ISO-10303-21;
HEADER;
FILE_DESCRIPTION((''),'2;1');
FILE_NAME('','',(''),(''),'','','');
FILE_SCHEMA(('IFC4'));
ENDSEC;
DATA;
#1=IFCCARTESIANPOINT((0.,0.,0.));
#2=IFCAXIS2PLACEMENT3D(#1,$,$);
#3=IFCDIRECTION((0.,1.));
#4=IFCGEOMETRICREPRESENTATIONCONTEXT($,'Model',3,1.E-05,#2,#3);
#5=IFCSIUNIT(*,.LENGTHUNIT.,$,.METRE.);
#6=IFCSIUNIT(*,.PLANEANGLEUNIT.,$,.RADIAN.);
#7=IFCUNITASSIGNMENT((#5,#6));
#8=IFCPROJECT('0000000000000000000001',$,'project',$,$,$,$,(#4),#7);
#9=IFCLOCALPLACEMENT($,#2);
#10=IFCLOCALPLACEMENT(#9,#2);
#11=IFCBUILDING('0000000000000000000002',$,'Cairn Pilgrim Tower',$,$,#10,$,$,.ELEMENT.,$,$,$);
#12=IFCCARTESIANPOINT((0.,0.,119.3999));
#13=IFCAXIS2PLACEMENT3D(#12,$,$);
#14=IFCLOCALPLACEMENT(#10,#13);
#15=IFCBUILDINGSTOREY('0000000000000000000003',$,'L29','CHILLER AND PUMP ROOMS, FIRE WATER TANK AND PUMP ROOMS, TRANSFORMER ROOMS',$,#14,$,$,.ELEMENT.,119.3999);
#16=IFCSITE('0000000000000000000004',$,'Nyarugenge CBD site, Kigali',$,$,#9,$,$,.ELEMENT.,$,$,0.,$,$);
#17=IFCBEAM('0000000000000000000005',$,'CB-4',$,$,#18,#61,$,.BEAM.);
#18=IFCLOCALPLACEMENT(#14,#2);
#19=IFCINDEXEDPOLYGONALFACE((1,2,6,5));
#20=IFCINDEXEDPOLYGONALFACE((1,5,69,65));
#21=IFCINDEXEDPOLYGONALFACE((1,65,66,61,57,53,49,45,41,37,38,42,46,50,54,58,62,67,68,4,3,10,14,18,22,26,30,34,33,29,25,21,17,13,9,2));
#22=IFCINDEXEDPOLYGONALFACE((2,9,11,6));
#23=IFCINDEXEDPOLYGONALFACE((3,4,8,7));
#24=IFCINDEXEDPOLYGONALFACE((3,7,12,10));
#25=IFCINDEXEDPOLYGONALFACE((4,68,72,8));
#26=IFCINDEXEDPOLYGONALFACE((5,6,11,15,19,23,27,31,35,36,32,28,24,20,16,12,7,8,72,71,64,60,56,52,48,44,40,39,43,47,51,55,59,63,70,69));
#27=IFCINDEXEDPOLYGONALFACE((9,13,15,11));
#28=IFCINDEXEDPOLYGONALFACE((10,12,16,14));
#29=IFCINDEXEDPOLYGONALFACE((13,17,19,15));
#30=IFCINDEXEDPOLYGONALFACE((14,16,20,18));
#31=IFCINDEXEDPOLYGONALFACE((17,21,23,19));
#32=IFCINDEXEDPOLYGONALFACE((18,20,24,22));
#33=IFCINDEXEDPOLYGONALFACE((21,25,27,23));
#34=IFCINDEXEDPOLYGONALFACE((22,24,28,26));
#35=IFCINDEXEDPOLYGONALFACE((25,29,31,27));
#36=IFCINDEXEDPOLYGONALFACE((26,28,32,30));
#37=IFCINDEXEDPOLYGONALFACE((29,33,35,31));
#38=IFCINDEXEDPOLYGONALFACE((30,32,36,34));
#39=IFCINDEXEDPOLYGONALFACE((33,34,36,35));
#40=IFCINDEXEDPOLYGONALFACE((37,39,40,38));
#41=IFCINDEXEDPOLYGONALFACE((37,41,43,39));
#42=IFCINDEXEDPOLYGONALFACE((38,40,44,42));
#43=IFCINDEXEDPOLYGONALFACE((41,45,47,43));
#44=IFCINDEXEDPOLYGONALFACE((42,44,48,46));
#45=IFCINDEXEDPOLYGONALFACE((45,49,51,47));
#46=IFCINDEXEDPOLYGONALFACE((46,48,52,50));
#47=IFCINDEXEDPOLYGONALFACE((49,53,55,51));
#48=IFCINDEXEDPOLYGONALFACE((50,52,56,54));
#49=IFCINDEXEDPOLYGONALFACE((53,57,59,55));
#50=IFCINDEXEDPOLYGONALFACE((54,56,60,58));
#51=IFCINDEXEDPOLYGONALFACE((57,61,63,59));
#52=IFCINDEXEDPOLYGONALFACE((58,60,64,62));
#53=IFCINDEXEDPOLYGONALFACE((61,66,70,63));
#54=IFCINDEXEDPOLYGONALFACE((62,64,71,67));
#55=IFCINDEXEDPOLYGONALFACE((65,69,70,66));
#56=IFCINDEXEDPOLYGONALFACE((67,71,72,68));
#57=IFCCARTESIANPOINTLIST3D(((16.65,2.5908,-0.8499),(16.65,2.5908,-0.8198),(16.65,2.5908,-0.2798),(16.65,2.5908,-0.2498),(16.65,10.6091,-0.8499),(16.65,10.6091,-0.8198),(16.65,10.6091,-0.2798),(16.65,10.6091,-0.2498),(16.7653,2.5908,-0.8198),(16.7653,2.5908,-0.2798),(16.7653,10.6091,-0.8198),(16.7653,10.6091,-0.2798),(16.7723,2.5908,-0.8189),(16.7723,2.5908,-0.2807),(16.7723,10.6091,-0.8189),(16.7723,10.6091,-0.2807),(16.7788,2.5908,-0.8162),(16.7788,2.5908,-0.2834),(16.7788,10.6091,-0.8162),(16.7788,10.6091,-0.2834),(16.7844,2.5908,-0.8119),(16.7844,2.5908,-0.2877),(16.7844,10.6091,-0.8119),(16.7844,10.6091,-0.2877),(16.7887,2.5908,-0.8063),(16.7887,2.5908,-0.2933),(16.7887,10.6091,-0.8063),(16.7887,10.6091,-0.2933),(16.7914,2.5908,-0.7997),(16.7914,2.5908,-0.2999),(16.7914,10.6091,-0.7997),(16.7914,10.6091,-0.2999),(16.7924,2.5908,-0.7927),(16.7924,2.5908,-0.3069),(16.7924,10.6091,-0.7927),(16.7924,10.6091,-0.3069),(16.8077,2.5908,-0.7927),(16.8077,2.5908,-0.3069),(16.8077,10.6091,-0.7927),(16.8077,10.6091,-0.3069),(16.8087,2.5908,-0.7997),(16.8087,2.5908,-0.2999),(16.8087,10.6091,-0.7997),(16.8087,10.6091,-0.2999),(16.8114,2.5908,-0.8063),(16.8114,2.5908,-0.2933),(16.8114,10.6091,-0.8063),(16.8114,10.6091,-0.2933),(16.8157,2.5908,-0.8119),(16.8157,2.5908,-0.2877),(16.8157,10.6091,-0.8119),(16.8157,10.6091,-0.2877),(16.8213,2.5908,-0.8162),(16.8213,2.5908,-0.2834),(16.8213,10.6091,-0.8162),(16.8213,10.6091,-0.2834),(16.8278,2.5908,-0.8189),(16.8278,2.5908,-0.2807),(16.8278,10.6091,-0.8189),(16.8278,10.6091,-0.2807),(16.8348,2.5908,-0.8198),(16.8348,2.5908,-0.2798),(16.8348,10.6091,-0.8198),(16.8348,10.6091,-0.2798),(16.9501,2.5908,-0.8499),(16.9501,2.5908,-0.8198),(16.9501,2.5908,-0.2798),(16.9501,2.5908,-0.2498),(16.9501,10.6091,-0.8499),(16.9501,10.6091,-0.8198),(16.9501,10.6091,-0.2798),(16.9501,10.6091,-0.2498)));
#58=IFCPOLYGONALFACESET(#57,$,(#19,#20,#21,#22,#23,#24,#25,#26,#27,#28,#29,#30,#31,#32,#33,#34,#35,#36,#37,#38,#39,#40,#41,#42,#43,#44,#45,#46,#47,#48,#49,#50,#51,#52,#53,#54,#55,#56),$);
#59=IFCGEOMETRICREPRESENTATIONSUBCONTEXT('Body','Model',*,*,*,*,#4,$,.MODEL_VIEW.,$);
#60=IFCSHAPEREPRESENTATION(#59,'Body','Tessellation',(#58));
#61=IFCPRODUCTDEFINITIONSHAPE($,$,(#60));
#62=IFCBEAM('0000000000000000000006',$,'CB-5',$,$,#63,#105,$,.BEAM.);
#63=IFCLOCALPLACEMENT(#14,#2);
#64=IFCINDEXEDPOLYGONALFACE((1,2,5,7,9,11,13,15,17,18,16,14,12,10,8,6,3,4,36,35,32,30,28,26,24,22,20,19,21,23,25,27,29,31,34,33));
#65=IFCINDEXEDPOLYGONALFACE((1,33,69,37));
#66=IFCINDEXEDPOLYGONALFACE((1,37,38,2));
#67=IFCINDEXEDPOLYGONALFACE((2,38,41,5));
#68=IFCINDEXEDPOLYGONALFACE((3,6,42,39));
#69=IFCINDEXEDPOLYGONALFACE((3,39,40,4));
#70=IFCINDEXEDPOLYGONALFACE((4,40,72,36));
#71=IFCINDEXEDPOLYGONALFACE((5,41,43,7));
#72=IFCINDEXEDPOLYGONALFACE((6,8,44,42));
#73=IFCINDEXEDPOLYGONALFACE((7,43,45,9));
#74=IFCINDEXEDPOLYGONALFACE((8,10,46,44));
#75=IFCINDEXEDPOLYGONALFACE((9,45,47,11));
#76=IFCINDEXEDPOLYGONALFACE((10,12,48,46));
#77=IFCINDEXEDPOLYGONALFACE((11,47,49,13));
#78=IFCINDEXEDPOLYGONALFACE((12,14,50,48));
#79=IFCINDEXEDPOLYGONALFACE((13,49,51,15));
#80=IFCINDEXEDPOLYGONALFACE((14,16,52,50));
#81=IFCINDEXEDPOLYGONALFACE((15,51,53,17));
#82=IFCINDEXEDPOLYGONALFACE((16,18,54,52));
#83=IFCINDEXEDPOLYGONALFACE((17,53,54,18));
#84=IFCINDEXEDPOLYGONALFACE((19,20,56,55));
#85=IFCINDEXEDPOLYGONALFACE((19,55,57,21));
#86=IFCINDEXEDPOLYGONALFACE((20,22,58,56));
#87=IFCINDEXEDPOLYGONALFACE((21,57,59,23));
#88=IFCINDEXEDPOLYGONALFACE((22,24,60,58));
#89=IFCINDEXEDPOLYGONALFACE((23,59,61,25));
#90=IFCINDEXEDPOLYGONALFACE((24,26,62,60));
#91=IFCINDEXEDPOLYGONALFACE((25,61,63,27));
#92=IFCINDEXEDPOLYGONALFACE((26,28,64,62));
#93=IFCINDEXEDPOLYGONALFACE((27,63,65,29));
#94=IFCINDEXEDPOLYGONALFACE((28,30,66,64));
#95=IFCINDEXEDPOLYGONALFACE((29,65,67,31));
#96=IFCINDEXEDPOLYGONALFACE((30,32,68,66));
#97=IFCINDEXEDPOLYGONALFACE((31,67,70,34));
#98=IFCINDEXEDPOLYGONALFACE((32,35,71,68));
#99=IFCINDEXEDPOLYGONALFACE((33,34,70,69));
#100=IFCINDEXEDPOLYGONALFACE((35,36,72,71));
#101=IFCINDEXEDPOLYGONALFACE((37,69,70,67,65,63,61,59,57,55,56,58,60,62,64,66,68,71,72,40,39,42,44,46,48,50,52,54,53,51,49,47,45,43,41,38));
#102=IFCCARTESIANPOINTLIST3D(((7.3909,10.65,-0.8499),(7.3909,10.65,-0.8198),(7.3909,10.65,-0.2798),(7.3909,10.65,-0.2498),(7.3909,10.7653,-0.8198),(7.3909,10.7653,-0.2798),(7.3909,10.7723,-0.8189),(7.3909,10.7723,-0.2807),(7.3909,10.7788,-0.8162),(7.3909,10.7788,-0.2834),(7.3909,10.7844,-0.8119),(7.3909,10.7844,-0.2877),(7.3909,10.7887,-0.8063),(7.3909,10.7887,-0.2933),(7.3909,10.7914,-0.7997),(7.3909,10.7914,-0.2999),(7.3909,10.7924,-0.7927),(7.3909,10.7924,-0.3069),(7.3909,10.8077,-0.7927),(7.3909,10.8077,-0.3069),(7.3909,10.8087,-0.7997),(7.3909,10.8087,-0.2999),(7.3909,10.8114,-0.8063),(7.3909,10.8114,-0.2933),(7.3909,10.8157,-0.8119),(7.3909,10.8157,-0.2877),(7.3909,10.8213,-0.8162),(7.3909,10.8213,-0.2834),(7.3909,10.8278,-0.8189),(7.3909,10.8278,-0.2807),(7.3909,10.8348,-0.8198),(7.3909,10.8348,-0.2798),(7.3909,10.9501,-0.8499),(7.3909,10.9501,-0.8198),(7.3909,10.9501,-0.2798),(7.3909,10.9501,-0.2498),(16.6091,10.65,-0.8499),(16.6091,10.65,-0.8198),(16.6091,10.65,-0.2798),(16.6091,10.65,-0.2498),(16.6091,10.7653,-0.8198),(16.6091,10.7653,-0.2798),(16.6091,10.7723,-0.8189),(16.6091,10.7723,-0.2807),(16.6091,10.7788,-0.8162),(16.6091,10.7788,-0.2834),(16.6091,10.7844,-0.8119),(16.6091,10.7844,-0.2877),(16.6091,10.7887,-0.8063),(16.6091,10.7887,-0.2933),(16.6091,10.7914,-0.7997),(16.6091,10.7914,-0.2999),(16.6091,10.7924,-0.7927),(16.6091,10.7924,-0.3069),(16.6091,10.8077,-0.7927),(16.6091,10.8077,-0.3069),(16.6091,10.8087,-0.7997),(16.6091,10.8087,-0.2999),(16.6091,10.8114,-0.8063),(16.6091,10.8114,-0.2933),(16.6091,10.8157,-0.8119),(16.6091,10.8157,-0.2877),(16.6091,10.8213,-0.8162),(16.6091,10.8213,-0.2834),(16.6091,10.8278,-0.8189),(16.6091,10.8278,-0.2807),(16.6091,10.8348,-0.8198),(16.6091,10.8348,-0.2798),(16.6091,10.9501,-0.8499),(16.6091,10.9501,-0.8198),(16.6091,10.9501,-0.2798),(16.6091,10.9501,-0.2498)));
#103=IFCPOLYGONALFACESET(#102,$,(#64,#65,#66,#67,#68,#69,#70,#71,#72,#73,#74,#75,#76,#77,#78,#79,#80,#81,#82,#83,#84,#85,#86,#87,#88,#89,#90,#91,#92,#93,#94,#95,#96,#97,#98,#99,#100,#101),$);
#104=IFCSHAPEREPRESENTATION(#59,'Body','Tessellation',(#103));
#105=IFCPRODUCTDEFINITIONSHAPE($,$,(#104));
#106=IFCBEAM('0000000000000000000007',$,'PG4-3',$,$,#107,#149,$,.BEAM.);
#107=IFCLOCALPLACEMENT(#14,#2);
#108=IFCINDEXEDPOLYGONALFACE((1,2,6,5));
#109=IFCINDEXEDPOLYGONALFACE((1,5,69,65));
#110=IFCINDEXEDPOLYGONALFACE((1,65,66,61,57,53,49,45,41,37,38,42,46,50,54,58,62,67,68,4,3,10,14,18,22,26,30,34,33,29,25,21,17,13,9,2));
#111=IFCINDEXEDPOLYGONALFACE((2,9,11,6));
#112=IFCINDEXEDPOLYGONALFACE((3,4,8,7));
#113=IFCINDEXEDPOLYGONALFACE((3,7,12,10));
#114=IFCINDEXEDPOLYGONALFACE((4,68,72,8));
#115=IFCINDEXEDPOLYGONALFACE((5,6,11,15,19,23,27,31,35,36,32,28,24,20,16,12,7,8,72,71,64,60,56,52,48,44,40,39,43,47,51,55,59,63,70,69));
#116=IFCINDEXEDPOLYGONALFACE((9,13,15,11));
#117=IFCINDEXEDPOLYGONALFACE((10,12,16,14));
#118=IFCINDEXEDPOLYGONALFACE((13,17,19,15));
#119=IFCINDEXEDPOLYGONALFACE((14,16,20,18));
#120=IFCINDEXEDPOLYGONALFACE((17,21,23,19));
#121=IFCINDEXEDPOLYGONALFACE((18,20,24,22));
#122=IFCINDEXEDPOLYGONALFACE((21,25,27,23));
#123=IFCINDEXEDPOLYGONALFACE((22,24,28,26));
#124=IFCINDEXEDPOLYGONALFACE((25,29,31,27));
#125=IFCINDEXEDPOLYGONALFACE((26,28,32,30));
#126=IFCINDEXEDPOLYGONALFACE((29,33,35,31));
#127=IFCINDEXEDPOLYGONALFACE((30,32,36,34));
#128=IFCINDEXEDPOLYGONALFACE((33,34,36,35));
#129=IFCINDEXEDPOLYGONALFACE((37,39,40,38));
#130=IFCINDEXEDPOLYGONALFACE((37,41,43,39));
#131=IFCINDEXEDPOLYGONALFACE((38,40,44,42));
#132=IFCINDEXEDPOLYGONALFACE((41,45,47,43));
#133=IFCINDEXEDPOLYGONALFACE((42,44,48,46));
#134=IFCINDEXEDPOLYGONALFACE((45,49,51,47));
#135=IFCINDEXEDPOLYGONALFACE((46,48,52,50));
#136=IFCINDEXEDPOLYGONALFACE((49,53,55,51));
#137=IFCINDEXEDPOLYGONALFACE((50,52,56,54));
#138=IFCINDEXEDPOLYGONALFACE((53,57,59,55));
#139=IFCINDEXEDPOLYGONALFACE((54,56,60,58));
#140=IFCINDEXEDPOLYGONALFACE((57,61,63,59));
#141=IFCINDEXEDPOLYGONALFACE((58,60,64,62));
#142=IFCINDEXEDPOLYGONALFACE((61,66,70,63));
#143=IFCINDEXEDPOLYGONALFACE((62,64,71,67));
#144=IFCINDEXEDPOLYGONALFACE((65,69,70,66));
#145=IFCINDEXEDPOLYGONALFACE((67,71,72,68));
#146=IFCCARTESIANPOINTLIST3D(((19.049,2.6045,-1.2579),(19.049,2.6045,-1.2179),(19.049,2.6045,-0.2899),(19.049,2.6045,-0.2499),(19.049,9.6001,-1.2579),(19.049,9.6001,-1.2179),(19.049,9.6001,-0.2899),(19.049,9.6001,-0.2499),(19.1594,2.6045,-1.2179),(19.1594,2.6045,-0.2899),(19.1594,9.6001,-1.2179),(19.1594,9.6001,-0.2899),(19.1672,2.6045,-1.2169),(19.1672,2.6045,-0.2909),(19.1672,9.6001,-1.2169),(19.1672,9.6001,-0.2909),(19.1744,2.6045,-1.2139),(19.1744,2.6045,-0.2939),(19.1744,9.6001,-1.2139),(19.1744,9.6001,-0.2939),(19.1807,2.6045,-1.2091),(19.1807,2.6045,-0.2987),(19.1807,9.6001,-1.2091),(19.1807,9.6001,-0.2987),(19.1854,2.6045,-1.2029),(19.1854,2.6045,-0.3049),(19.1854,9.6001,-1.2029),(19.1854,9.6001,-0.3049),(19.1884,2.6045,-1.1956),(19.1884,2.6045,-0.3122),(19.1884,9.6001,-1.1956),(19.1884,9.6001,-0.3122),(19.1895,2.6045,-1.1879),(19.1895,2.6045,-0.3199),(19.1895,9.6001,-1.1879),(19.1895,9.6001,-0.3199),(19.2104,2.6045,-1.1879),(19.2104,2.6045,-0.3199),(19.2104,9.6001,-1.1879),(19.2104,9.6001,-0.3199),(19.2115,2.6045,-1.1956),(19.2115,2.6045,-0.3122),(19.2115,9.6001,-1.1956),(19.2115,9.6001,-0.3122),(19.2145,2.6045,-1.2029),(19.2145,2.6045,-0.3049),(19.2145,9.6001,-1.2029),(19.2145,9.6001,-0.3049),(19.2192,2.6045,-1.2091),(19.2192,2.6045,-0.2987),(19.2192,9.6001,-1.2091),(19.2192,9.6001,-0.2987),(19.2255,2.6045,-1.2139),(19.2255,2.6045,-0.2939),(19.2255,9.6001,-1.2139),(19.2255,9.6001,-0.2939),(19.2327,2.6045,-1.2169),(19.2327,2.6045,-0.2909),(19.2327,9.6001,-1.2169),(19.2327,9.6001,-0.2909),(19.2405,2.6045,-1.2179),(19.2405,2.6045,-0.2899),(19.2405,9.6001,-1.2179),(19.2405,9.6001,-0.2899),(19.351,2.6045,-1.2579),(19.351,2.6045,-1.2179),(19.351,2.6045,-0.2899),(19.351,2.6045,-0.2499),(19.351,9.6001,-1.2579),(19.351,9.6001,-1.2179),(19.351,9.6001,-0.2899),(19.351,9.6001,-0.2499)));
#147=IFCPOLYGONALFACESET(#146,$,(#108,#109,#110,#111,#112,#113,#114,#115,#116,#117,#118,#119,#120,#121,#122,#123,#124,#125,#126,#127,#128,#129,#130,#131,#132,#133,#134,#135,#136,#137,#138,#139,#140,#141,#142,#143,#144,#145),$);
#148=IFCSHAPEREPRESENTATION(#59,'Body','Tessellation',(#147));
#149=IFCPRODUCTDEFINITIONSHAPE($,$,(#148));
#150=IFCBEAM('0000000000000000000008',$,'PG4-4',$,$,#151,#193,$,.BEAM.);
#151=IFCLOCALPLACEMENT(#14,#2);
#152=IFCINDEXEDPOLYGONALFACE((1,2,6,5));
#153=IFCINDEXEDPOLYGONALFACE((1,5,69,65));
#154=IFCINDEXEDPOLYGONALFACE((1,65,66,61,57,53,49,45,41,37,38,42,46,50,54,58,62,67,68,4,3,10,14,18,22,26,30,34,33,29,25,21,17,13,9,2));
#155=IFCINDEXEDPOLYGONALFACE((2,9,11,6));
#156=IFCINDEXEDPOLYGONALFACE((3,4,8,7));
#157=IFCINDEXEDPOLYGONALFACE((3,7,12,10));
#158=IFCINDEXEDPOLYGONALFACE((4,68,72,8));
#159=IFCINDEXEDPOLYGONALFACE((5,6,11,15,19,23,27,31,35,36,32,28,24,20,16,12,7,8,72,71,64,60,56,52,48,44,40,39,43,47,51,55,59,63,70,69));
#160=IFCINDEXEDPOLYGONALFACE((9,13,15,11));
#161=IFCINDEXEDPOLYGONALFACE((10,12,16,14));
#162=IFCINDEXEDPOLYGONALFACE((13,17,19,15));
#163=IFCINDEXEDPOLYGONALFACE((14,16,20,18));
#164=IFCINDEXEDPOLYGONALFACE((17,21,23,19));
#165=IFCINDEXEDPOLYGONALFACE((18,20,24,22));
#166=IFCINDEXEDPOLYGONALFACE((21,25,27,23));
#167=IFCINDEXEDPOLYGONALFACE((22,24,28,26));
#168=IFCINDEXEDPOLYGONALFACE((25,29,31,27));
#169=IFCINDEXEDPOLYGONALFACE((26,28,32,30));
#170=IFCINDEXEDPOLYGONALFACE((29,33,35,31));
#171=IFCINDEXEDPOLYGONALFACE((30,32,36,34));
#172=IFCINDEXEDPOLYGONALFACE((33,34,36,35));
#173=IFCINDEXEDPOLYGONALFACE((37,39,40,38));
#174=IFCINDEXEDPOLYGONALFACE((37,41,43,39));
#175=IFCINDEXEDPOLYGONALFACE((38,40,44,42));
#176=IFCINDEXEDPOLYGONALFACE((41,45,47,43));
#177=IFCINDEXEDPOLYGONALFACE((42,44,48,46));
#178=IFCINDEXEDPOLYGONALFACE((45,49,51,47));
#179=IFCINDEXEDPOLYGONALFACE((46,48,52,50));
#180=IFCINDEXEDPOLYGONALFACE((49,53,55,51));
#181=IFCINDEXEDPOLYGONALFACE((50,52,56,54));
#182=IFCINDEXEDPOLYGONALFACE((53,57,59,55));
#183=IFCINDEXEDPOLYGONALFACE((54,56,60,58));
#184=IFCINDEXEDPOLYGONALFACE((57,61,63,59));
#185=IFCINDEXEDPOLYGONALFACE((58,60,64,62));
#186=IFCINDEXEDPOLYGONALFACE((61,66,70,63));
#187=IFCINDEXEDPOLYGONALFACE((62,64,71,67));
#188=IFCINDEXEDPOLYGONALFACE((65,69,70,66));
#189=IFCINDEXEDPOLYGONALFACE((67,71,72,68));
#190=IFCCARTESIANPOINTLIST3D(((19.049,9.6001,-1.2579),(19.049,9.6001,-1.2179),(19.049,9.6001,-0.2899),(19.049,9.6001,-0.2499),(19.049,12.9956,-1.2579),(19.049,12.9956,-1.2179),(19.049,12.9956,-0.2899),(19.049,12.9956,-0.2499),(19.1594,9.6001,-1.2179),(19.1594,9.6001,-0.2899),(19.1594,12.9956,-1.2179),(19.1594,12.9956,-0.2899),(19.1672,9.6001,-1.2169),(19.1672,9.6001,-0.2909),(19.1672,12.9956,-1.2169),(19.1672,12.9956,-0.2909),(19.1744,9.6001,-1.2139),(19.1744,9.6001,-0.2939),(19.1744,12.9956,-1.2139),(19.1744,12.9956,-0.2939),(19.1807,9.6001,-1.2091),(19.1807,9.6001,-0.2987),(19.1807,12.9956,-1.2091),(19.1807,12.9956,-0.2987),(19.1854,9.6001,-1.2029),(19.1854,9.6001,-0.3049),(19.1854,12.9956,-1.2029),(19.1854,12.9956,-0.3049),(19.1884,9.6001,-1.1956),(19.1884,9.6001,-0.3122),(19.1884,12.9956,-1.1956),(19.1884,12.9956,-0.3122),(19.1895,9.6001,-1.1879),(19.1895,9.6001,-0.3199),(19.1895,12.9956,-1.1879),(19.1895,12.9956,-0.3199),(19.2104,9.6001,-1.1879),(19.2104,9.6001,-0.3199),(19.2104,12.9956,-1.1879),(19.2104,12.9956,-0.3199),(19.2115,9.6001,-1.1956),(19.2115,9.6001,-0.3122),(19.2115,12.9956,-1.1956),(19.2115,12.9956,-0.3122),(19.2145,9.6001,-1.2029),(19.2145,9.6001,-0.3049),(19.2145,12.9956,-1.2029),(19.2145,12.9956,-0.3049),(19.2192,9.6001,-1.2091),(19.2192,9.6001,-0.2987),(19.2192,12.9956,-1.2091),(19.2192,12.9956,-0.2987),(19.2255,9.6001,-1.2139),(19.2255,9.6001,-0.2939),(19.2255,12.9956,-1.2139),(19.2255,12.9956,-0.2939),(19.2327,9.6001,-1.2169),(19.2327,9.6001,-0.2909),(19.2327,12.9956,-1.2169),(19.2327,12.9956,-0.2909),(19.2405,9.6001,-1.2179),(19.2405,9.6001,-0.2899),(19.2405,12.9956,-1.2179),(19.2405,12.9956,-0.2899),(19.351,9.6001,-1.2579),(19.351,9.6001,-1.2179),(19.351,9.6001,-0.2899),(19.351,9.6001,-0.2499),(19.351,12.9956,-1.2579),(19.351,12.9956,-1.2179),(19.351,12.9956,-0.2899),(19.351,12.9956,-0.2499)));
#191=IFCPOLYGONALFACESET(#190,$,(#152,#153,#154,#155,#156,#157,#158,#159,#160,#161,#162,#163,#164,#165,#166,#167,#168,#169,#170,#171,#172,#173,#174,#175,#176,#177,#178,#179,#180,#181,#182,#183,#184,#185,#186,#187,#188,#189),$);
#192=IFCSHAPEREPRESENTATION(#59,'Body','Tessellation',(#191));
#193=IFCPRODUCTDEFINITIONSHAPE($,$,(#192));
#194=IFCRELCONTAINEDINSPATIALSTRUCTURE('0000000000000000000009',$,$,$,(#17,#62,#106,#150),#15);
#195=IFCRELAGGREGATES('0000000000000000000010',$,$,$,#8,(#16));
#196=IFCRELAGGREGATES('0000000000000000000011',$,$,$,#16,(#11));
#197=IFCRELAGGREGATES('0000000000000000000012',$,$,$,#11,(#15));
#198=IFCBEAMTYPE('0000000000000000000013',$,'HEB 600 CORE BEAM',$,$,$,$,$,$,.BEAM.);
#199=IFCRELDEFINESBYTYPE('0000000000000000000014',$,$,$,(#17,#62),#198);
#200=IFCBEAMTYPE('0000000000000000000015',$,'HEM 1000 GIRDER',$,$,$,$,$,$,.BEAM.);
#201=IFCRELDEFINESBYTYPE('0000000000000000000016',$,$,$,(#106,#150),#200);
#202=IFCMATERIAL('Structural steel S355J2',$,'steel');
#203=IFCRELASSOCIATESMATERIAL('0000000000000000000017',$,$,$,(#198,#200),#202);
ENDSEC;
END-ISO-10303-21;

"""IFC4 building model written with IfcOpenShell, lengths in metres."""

from ifc_helpers import new_model, si_unit, direction, frame, origin, origin_2d, place, context, subcontext, project, spatial, i_section, extrude, material, material_profile, profile_set, type_object, element, save


model = new_model("IFC4")

# Units and contexts
model_context = context("Model", 3, precision=1e-05, world=origin(), true_north=direction((0.0, 1.0)))
body_context = subcontext(model_context, "Body", "Model", "MODEL_VIEW")
ifc_project = project(units=[si_unit("LENGTHUNIT", "METRE"), si_unit("PLANEANGLEUNIT", "RADIAN")], contexts=[model_context])

# Site, building, storey
site_placement = place(None, origin())
site = spatial("IfcSite", under=ifc_project, at=site_placement, Name="Nyarugenge CBD site, Kigali", CompositionType="ELEMENT", RefElevation=0.0)
building_placement = place(site_placement, origin())
building = spatial("IfcBuilding", under=site, at=building_placement, Name="Cairn Pilgrim Tower", CompositionType="ELEMENT")
storey_placement = place(building_placement, frame((0.0, 0.0, 119.3999)))
storey = spatial("IfcBuildingStorey", under=building, at=storey_placement, Name="L29", Description="CHILLER AND PUMP ROOMS, FIRE WATER TANK AND PUMP ROOMS, TRANSFORMER ROOMS", CompositionType="ELEMENT", Elevation=119.3999)

# Beams
ifc_material_1 = material(Name="Structural steel S355J2", Category="steel")
ifc_material_profile_1 = material_profile(ifc_material_1, i_section(OverallWidth=0.3, OverallDepth=0.6001, WebThickness=0.0154, FlangeThickness=0.03, FilletRadius=0.0271, at=origin_2d()), Name="HEB 600")
ifc_profile_set_1 = profile_set([ifc_material_profile_1], Name="Structural steel S355J2")
beam_type_1 = type_object("IfcBeamType", Name="HEB 600 CORE BEAM", PredefinedType="BEAM", material=ifc_profile_set_1)
beam_1_placement = place(storey_placement, frame((16.8, 2.5908, -0.5498), z_axis=(0.0, 1.0, 0.0), x_axis=(-1.0, 0.0, 0.0)))
element("IfcBeam", 1, at=beam_1_placement, inside=storey, type_object=beam_type_1, Name="CB-4", PredefinedType="BEAM", context=body_context, shape_type="SweptSolid", body=[
    extrude(i_section(OverallWidth=0.3, OverallDepth=0.6001, WebThickness=0.0154, FlangeThickness=0.03, FilletRadius=0.0271, at=origin_2d()), origin(), (0.0, 0.0, 1.0), 8.0183),
])
beam_2_placement = place(storey_placement, frame((16.6091, 10.8, -0.5498), z_axis=(-1.0, 0.0, 0.0), x_axis=(0.0, -1.0, 0.0)))
element("IfcBeam", 2, at=beam_2_placement, inside=storey, type_object=beam_type_1, Name="CB-5", PredefinedType="BEAM", context=body_context, shape_type="SweptSolid", body=[
    extrude(i_section(OverallWidth=0.3, OverallDepth=0.6001, WebThickness=0.0154, FlangeThickness=0.03, FilletRadius=0.0271, at=origin_2d()), origin(), (0.0, 0.0, 1.0), 9.2183),
])
ifc_material_profile_2 = material_profile(ifc_material_1, i_section(OverallWidth=0.302, OverallDepth=1.0081, WebThickness=0.021, FlangeThickness=0.04, FilletRadius=0.03, at=origin_2d()), Name="HEM 1000")
ifc_profile_set_2 = profile_set([ifc_material_profile_2], Name="Structural steel S355J2")
beam_type_2 = type_object("IfcBeamType", Name="HEM 1000 GIRDER", PredefinedType="BEAM", material=ifc_profile_set_2)
beam_3_placement = place(storey_placement, frame((19.2, 2.6045, -0.7539), z_axis=(0.0, 1.0, 0.0), x_axis=(-1.0, 0.0, 0.0)))
element("IfcBeam", 3, at=beam_3_placement, inside=storey, type_object=beam_type_2, Name="PG4-3", PredefinedType="BEAM", context=body_context, shape_type="SweptSolid", body=[
    extrude(i_section(OverallWidth=0.302, OverallDepth=1.0081, WebThickness=0.021, FlangeThickness=0.04, FilletRadius=0.03, at=origin_2d()), origin(), (0.0, 0.0, 1.0), 6.9956),
])
beam_4_placement = place(storey_placement, frame((19.2, 9.6001, -0.7539), z_axis=(0.0, 1.0, 0.0), x_axis=(-1.0, 0.0, 0.0)))
element("IfcBeam", 4, at=beam_4_placement, inside=storey, type_object=beam_type_2, Name="PG4-4", PredefinedType="BEAM", context=body_context, shape_type="SweptSolid", body=[
    extrude(i_section(OverallWidth=0.302, OverallDepth=1.0081, WebThickness=0.021, FlangeThickness=0.04, FilletRadius=0.03, at=origin_2d()), origin(), (0.0, 0.0, 1.0), 3.3955),
])

save(model, "model.ifc")
